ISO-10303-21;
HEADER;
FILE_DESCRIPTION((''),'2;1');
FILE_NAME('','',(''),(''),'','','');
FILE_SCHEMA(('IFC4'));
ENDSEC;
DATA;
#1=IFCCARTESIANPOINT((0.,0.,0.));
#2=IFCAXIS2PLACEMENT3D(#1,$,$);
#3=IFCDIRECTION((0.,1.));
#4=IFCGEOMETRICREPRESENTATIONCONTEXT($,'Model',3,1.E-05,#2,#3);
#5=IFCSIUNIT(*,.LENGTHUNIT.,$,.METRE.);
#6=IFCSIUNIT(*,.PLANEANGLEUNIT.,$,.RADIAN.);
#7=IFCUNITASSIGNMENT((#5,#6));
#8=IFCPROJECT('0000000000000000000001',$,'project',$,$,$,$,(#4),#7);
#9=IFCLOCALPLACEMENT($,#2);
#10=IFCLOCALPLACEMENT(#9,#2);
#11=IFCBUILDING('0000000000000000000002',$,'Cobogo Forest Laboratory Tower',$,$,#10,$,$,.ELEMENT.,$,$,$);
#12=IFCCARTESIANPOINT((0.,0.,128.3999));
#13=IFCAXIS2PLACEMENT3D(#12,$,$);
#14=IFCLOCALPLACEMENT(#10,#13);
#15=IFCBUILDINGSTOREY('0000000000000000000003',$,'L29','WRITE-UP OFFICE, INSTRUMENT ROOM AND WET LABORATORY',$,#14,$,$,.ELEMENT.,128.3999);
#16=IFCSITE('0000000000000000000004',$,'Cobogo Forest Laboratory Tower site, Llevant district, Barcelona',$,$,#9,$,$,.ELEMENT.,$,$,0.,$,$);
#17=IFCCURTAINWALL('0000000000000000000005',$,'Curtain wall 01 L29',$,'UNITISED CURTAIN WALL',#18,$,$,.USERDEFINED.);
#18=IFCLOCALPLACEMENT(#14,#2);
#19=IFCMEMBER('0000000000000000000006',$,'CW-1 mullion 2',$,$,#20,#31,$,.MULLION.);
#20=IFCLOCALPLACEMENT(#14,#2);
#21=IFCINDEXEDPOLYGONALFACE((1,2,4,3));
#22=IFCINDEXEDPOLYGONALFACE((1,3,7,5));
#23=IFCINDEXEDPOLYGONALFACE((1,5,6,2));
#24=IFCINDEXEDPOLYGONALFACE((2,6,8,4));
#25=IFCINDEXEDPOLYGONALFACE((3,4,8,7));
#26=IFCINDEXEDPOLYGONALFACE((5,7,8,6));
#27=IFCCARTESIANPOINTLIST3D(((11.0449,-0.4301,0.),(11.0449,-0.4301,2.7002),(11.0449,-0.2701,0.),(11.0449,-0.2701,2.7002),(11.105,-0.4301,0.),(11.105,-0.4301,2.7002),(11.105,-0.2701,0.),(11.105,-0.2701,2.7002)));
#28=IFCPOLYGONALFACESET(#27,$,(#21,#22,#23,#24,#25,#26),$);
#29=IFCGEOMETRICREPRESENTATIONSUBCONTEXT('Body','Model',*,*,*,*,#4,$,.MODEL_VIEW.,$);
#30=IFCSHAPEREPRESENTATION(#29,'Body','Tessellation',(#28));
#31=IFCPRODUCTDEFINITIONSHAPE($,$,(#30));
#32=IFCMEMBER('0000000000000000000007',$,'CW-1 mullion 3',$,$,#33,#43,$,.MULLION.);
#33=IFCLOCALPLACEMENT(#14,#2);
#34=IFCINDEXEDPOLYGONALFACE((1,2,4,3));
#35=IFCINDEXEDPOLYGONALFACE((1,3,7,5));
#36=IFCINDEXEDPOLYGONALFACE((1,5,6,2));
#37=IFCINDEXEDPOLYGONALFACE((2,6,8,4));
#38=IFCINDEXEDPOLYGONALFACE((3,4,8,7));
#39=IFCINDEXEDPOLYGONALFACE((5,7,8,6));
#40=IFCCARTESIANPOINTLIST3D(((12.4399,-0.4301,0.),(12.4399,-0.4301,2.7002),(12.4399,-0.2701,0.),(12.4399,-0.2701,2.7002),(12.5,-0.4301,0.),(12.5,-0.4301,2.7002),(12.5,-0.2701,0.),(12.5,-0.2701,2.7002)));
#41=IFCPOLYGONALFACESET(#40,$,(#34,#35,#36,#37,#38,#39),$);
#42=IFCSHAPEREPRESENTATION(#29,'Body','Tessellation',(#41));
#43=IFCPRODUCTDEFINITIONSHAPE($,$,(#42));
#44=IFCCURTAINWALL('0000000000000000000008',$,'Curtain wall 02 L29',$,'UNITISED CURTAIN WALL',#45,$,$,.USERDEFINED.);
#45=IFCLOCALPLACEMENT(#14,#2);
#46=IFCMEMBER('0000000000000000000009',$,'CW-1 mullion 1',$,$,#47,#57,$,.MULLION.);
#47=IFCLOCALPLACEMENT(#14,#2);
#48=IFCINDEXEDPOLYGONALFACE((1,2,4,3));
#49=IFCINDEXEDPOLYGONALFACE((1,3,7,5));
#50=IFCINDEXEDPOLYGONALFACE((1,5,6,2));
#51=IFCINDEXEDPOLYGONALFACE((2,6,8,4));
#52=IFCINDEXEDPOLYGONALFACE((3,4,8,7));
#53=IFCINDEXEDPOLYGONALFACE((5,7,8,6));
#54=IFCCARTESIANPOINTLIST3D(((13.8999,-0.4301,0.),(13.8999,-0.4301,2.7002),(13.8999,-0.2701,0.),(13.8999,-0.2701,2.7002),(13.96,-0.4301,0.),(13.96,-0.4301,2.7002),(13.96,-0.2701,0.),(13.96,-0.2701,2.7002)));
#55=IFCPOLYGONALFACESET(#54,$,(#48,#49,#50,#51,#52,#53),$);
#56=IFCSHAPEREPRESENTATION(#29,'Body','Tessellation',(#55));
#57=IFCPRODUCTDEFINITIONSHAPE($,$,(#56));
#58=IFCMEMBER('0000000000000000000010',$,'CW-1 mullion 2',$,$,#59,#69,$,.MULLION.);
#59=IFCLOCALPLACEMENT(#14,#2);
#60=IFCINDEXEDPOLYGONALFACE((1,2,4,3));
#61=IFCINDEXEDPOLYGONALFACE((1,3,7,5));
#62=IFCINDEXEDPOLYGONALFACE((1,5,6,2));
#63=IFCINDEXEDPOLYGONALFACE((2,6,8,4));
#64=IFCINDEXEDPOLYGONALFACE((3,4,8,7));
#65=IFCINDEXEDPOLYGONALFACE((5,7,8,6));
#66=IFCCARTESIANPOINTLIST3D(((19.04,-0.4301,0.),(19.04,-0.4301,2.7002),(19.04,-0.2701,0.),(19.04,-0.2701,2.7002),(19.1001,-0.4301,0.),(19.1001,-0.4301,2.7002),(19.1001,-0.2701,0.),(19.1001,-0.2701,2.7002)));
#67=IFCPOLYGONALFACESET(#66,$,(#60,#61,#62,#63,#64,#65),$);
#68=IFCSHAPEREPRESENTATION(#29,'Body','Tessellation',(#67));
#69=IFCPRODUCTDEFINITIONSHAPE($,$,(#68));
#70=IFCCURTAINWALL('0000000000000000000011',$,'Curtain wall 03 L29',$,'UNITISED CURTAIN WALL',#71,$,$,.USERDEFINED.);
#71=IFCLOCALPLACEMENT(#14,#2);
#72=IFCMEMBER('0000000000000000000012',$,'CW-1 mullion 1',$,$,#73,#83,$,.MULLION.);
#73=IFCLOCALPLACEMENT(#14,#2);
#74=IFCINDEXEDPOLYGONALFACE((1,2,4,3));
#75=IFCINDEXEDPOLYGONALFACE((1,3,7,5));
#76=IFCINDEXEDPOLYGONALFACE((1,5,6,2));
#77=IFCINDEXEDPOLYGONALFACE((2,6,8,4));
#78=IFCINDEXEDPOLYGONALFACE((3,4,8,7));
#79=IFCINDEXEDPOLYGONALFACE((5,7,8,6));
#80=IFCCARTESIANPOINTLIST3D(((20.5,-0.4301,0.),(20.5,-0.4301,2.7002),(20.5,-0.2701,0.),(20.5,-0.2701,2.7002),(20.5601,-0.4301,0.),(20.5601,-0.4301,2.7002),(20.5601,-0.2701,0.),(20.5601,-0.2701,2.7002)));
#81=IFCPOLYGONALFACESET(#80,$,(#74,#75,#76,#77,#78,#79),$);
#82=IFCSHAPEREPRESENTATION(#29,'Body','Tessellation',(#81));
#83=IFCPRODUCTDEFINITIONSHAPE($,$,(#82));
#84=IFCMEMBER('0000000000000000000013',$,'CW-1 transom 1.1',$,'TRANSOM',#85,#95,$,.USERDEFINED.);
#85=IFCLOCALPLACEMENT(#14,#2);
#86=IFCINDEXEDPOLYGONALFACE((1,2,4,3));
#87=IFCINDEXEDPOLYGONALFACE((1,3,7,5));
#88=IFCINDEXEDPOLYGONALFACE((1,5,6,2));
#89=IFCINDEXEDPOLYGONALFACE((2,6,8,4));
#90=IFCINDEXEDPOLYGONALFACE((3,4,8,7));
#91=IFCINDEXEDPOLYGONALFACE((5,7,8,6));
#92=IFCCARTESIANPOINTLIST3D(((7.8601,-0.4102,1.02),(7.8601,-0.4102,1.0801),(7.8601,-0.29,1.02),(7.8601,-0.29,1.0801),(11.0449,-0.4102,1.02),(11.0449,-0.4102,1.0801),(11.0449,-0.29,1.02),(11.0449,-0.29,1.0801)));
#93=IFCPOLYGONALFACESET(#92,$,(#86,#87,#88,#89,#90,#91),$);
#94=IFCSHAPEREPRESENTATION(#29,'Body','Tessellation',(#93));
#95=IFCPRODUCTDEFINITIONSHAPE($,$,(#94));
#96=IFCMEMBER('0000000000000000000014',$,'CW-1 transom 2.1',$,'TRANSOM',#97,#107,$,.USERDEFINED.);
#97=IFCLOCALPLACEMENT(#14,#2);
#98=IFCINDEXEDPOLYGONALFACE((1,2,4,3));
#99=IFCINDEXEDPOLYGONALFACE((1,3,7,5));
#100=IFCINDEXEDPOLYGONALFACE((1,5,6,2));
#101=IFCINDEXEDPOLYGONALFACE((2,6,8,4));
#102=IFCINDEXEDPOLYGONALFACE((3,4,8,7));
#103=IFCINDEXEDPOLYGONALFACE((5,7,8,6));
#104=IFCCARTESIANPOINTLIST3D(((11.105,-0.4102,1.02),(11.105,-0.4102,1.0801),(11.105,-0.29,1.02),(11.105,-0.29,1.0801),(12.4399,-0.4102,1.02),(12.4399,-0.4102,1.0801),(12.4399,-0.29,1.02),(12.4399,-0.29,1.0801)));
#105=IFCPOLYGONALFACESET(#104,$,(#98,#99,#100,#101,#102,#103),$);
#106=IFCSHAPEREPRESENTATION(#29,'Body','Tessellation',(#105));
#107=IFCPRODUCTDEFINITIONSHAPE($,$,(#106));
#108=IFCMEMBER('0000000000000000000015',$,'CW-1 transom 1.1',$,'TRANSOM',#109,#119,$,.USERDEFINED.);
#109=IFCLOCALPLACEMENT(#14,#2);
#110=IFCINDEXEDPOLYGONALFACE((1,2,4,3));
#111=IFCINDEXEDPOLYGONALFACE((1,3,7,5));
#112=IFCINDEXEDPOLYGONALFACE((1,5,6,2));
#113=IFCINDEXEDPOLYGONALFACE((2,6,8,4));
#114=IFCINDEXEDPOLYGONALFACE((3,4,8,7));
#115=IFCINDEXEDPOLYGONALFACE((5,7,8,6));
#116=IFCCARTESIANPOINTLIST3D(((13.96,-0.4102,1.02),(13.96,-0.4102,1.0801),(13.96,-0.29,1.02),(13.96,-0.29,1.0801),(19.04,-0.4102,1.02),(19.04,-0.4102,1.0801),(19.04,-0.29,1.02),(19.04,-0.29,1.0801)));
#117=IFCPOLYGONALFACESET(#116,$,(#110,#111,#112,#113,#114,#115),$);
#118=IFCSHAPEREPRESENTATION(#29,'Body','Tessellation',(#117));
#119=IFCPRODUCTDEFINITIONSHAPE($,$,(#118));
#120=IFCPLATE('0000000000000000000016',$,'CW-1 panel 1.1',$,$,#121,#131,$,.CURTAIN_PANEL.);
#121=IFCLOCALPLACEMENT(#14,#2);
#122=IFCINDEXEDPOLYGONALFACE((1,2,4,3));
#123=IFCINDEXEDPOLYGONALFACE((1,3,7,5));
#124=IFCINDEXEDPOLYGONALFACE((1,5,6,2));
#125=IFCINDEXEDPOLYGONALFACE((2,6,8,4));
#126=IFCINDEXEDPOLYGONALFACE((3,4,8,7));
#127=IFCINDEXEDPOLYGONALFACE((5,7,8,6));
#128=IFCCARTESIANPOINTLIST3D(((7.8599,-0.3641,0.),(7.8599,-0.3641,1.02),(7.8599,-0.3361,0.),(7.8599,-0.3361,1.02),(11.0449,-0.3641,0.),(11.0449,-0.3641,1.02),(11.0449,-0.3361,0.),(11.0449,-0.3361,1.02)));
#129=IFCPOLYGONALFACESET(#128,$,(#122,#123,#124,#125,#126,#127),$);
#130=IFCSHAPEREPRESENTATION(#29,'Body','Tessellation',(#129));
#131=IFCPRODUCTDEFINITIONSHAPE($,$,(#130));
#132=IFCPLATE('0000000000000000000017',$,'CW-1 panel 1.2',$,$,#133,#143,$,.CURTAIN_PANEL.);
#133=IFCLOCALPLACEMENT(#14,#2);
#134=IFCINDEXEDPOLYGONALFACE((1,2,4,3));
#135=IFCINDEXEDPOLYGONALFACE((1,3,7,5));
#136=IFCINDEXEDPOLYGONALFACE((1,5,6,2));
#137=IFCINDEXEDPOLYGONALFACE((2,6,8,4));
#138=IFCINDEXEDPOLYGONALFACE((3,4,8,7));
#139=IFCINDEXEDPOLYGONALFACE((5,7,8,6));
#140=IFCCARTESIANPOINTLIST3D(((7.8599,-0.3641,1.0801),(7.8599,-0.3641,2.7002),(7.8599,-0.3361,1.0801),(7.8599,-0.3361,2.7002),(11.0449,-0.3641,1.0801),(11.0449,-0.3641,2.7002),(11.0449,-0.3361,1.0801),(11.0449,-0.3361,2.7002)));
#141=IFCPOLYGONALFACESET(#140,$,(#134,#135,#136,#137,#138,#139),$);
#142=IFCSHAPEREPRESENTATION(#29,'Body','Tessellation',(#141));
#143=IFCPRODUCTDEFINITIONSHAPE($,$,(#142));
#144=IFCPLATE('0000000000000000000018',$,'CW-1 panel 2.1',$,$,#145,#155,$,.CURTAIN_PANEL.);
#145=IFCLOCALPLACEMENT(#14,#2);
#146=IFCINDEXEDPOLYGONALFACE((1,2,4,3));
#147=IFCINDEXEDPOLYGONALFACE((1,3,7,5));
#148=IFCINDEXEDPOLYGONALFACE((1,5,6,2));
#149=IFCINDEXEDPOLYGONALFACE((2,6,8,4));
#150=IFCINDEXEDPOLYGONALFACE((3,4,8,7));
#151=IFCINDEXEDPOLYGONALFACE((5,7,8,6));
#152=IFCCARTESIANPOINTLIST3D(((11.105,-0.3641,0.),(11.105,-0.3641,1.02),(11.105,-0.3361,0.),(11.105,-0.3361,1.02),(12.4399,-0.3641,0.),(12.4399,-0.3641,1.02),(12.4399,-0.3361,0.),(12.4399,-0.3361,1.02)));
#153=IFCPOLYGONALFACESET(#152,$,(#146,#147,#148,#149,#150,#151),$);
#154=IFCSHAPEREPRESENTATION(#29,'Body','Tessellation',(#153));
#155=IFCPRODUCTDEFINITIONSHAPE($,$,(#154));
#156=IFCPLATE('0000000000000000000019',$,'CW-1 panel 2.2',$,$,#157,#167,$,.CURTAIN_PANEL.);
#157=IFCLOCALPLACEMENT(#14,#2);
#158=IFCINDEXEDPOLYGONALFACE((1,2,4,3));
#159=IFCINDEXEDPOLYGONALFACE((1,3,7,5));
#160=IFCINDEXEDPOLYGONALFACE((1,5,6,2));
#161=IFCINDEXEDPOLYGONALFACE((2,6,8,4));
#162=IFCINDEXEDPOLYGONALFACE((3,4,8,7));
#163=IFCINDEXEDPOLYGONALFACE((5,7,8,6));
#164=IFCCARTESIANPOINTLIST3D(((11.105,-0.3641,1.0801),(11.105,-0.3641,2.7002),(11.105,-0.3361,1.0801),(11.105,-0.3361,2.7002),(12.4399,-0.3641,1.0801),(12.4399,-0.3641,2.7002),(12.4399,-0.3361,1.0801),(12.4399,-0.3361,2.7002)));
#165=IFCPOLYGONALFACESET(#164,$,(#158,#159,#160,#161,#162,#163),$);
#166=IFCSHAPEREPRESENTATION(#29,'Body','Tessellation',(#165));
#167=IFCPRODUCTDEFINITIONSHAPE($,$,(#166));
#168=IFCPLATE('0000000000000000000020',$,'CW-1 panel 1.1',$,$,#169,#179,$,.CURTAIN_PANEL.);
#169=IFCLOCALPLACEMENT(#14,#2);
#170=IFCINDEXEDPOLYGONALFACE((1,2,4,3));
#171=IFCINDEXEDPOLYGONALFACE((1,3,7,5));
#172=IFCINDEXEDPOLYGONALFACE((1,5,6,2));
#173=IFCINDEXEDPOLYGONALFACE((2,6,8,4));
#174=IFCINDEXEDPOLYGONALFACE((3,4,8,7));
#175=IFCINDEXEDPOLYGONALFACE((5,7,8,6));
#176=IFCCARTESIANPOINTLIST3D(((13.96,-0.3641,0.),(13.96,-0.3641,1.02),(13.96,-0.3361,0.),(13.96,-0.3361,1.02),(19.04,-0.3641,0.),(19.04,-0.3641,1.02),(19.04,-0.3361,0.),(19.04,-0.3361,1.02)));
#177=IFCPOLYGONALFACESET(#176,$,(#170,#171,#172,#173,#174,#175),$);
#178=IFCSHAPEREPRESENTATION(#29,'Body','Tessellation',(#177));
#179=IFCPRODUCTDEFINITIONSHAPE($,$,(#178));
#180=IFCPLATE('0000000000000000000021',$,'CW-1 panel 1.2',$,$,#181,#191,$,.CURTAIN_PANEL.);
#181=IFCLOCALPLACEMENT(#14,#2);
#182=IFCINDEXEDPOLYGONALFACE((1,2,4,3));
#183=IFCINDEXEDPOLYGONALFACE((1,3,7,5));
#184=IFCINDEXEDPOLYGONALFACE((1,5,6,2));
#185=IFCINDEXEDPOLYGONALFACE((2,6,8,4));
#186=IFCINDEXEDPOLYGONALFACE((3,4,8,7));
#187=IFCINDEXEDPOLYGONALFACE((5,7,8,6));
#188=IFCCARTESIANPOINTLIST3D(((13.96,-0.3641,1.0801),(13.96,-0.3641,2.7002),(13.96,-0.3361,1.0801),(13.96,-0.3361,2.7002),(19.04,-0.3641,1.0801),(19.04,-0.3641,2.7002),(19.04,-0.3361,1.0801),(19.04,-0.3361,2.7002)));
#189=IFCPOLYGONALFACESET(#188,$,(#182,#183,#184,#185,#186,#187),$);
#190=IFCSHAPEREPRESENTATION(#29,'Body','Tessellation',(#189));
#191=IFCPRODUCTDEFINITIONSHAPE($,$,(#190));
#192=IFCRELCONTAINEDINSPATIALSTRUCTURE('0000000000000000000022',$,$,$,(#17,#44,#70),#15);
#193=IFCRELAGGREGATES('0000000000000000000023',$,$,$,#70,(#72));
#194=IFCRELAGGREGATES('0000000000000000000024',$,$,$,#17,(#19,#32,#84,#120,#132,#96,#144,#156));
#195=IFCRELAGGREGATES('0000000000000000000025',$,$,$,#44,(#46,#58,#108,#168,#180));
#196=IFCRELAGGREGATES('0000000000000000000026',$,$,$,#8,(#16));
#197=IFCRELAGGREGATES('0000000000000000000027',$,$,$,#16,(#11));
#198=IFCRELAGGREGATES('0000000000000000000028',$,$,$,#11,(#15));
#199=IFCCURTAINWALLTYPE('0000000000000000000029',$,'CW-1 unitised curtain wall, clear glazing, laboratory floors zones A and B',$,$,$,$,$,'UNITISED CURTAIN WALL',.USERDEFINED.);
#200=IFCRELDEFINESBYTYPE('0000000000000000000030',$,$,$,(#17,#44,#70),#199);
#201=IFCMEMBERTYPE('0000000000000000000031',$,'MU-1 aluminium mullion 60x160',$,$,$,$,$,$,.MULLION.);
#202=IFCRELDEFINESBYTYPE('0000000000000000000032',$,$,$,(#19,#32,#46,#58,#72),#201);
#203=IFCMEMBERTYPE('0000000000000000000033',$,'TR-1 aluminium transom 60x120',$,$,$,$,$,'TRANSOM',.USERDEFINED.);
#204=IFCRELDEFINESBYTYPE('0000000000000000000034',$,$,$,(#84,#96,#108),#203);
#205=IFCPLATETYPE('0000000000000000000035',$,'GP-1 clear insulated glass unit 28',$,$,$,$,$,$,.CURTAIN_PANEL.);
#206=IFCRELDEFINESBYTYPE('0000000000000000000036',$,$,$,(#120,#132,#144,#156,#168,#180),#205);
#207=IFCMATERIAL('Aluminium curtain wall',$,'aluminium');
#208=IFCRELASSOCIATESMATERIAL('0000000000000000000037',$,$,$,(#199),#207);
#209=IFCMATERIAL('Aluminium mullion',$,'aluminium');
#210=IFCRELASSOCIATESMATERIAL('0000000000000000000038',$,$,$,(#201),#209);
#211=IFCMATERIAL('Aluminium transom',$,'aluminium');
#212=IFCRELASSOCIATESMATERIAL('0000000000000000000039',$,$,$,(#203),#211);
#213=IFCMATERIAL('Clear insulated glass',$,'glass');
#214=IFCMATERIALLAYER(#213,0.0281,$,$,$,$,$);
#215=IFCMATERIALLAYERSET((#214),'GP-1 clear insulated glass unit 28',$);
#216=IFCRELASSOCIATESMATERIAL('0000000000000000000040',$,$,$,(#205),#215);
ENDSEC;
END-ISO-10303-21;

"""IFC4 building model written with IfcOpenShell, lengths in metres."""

from ifc_helpers import new_model, si_unit, direction, frame, origin, origin_2d, place, context, subcontext, project, spatial, rectangle, extrude, material, layer, layer_set, material_profile, profile_set, type_object, element, aggregate, save


model = new_model("IFC4")

# Units and contexts
model_context = context("Model", 3, precision=1e-05, world=origin(), true_north=direction((0.0, 1.0)))
body_context = subcontext(model_context, "Body", "Model", "MODEL_VIEW")
ifc_project = project(units=[si_unit("LENGTHUNIT", "METRE"), si_unit("PLANEANGLEUNIT", "RADIAN")], contexts=[model_context])

# Site, building, storey
site_placement = place(None, origin())
site = spatial("IfcSite", under=ifc_project, at=site_placement, Name="Cobogo Forest Laboratory Tower site, Llevant district, Barcelona", CompositionType="ELEMENT", RefElevation=0.0)
building_placement = place(site_placement, origin())
building = spatial("IfcBuilding", under=site, at=building_placement, Name="Cobogo Forest Laboratory Tower", CompositionType="ELEMENT")
storey_placement = place(building_placement, frame((0.0, 0.0, 128.3999)))
storey = spatial("IfcBuildingStorey", under=building, at=storey_placement, Name="L29", Description="WRITE-UP OFFICE, INSTRUMENT ROOM AND WET LABORATORY", CompositionType="ELEMENT", Elevation=128.3999)

# Curtain walls, members
ifc_material_1 = material(Name="Aluminium curtain wall", Category="aluminium")
curtain_wall_type = type_object("IfcCurtainWallType", Name="CW-1 unitised curtain wall, clear glazing, laboratory floors zones A and B", ElementType="UNITISED CURTAIN WALL", PredefinedType="USERDEFINED", material=ifc_material_1)
curtain_wall_1_placement = place(storey_placement, origin())
curtain_wall_1 = element("IfcCurtainWall", 1, at=curtain_wall_1_placement, inside=storey, type_object=curtain_wall_type, Name="Curtain wall 01 L29", ObjectType="UNITISED CURTAIN WALL", PredefinedType="USERDEFINED")
ifc_material_2 = material(Name="Aluminium mullion", Category="aluminium")
ifc_material_profile_1 = material_profile(ifc_material_2, rectangle(XDim=0.0601, YDim=0.1599, at=origin_2d()), Name="AL 60x160")
ifc_profile_set_1 = profile_set([ifc_material_profile_1], Name="Aluminium mullion")
member_type_1 = type_object("IfcMemberType", Name="MU-1 aluminium mullion 60x160", PredefinedType="MULLION", material=ifc_profile_set_1)
member_1_placement = place(storey_placement, frame((11.075, -0.3501, 0.0), z_axis=(0.0, 0.0, 1.0), x_axis=(1.0, 0.0, 0.0)))
member_1 = element("IfcMember", 2, at=member_1_placement, type_object=member_type_1, Name="CW-1 mullion 2", PredefinedType="MULLION", context=body_context, shape_type="SweptSolid", body=[
    extrude(rectangle(XDim=0.0601, YDim=0.1599, at=origin_2d()), origin(), (0.0, 0.0, 1.0), 2.7002),
])
member_2_placement = place(storey_placement, frame((12.47, -0.3501, 0.0), z_axis=(0.0, 0.0, 1.0), x_axis=(1.0, 0.0, 0.0)))
member_2 = element("IfcMember", 3, at=member_2_placement, type_object=member_type_1, Name="CW-1 mullion 3", PredefinedType="MULLION", context=body_context, shape_type="SweptSolid", body=[
    extrude(rectangle(XDim=0.0601, YDim=0.1599, at=origin_2d()), origin(), (0.0, 0.0, 1.0), 2.7002),
])
curtain_wall_2_placement = place(storey_placement, origin())
curtain_wall_2 = element("IfcCurtainWall", 4, at=curtain_wall_2_placement, inside=storey, type_object=curtain_wall_type, Name="Curtain wall 02 L29", ObjectType="UNITISED CURTAIN WALL", PredefinedType="USERDEFINED")
member_3_placement = place(storey_placement, frame((13.9299, -0.3501, 0.0), z_axis=(0.0, 0.0, 1.0), x_axis=(1.0, 0.0, 0.0)))
member_3 = element("IfcMember", 5, at=member_3_placement, type_object=member_type_1, Name="CW-1 mullion 1", PredefinedType="MULLION", context=body_context, shape_type="SweptSolid", body=[
    extrude(rectangle(XDim=0.0601, YDim=0.1599, at=origin_2d()), origin(), (0.0, 0.0, 1.0), 2.7002),
])
member_4_placement = place(storey_placement, frame((19.0701, -0.3501, 0.0), z_axis=(0.0, 0.0, 1.0), x_axis=(1.0, 0.0, 0.0)))
member_4 = element("IfcMember", 6, at=member_4_placement, type_object=member_type_1, Name="CW-1 mullion 2", PredefinedType="MULLION", context=body_context, shape_type="SweptSolid", body=[
    extrude(rectangle(XDim=0.0601, YDim=0.1599, at=origin_2d()), origin(), (0.0, 0.0, 1.0), 2.7002),
])

# Curtain wall, member
curtain_wall_3_placement = place(storey_placement, origin())
curtain_wall_3 = element("IfcCurtainWall", 7, at=curtain_wall_3_placement, inside=storey, type_object=curtain_wall_type, Name="Curtain wall 03 L29", ObjectType="UNITISED CURTAIN WALL", PredefinedType="USERDEFINED")
member_5_placement = place(storey_placement, frame((20.53, -0.3501, 0.0), z_axis=(0.0, 0.0, 1.0), x_axis=(1.0, 0.0, 0.0)))
member_5 = element("IfcMember", 8, at=member_5_placement, type_object=member_type_1, Name="CW-1 mullion 1", PredefinedType="MULLION", context=body_context, shape_type="SweptSolid", body=[
    extrude(rectangle(XDim=0.0601, YDim=0.1599, at=origin_2d()), origin(), (0.0, 0.0, 1.0), 2.7002),
])
aggregate(curtain_wall_3, [member_5])

# Members
ifc_material_3 = material(Name="Aluminium transom", Category="aluminium")
ifc_material_profile_2 = material_profile(ifc_material_3, rectangle(XDim=0.1201, YDim=0.0601, at=origin_2d()), Name="AL 60x120")
ifc_profile_set_2 = profile_set([ifc_material_profile_2], Name="Aluminium transom")
member_type_2 = type_object("IfcMemberType", Name="TR-1 aluminium transom 60x120", ElementType="TRANSOM", PredefinedType="USERDEFINED", material=ifc_profile_set_2)
member_6_placement = place(storey_placement, frame((7.8601, -0.3501, 1.05), z_axis=(1.0, 0.0, 0.0), x_axis=(0.0, 1.0, 0.0)))
member_6 = element("IfcMember", 9, at=member_6_placement, type_object=member_type_2, Name="CW-1 transom 1.1", ObjectType="TRANSOM", PredefinedType="USERDEFINED", context=body_context, shape_type="SweptSolid", body=[
    extrude(rectangle(XDim=0.1201, YDim=0.0601, at=origin_2d()), origin(), (0.0, 0.0, 1.0), 3.1848),
])
member_7_placement = place(storey_placement, frame((11.105, -0.3501, 1.05), z_axis=(1.0, 0.0, 0.0), x_axis=(0.0, 1.0, 0.0)))
member_7 = element("IfcMember", 10, at=member_7_placement, type_object=member_type_2, Name="CW-1 transom 2.1", ObjectType="TRANSOM", PredefinedType="USERDEFINED", context=body_context, shape_type="SweptSolid", body=[
    extrude(rectangle(XDim=0.1201, YDim=0.0601, at=origin_2d()), origin(), (0.0, 0.0, 1.0), 1.335),
])
member_8_placement = place(storey_placement, frame((13.96, -0.3501, 1.05), z_axis=(1.0, 0.0, 0.0), x_axis=(0.0, 1.0, 0.0)))
member_8 = element("IfcMember", 11, at=member_8_placement, type_object=member_type_2, Name="CW-1 transom 1.1", ObjectType="TRANSOM", PredefinedType="USERDEFINED", context=body_context, shape_type="SweptSolid", body=[
    extrude(rectangle(XDim=0.1201, YDim=0.0601, at=origin_2d()), origin(), (0.0, 0.0, 1.0), 5.0801),
])

# Plates
ifc_material_4 = material(Name="Clear insulated glass", Category="glass")
ifc_layer_1 = layer(ifc_material_4, 0.0281)
ifc_layer_set_1 = layer_set([ifc_layer_1], Name="GP-1 clear insulated glass unit 28")
plate_type_1 = type_object("IfcPlateType", Name="GP-1 clear insulated glass unit 28", PredefinedType="CURTAIN_PANEL", material=ifc_layer_set_1)
plate_1_placement = place(storey_placement, frame((9.4524, -0.3501, 0.0), z_axis=(0.0, 0.0, 1.0), x_axis=(1.0, 0.0, 0.0)))
plate_1 = element("IfcPlate", 12, at=plate_1_placement, type_object=plate_type_1, Name="CW-1 panel 1.1", PredefinedType="CURTAIN_PANEL", context=body_context, shape_type="SweptSolid", body=[
    extrude(rectangle(XDim=3.1851, YDim=0.0281, at=origin_2d()), origin(), (0.0, 0.0, 1.0), 1.02),
])
plate_2_placement = place(storey_placement, frame((9.4524, -0.3501, 1.0801), z_axis=(0.0, 0.0, 1.0), x_axis=(1.0, 0.0, 0.0)))
plate_2 = element("IfcPlate", 13, at=plate_2_placement, type_object=plate_type_1, Name="CW-1 panel 1.2", PredefinedType="CURTAIN_PANEL", context=body_context, shape_type="SweptSolid", body=[
    extrude(rectangle(XDim=3.1851, YDim=0.0281, at=origin_2d()), origin(), (0.0, 0.0, 1.0), 1.6201),
])
plate_3_placement = place(storey_placement, frame((11.7725, -0.3501, 0.0), z_axis=(0.0, 0.0, 1.0), x_axis=(1.0, 0.0, 0.0)))
plate_3 = element("IfcPlate", 14, at=plate_3_placement, type_object=plate_type_1, Name="CW-1 panel 2.1", PredefinedType="CURTAIN_PANEL", context=body_context, shape_type="SweptSolid", body=[
    extrude(rectangle(XDim=1.335, YDim=0.0281, at=origin_2d()), origin(), (0.0, 0.0, 1.0), 1.02),
])
plate_4_placement = place(storey_placement, frame((11.7725, -0.3501, 1.0801), z_axis=(0.0, 0.0, 1.0), x_axis=(1.0, 0.0, 0.0)))
plate_4 = element("IfcPlate", 15, at=plate_4_placement, type_object=plate_type_1, Name="CW-1 panel 2.2", PredefinedType="CURTAIN_PANEL", context=body_context, shape_type="SweptSolid", body=[
    extrude(rectangle(XDim=1.335, YDim=0.0281, at=origin_2d()), origin(), (0.0, 0.0, 1.0), 1.6201),
])
aggregate(curtain_wall_1, [member_1, member_2, member_6, plate_1, plate_2, member_7, plate_3, plate_4])
plate_5_placement = place(storey_placement, frame((16.5, -0.3501, 0.0), z_axis=(0.0, 0.0, 1.0), x_axis=(1.0, 0.0, 0.0)))
plate_5 = element("IfcPlate", 16, at=plate_5_placement, type_object=plate_type_1, Name="CW-1 panel 1.1", PredefinedType="CURTAIN_PANEL", context=body_context, shape_type="SweptSolid", body=[
    extrude(rectangle(XDim=5.0801, YDim=0.0281, at=origin_2d()), origin(), (0.0, 0.0, 1.0), 1.02),
])
plate_6_placement = place(storey_placement, frame((16.5, -0.3501, 1.0801), z_axis=(0.0, 0.0, 1.0), x_axis=(1.0, 0.0, 0.0)))
plate_6 = element("IfcPlate", 17, at=plate_6_placement, type_object=plate_type_1, Name="CW-1 panel 1.2", PredefinedType="CURTAIN_PANEL", context=body_context, shape_type="SweptSolid", body=[
    extrude(rectangle(XDim=5.0801, YDim=0.0281, at=origin_2d()), origin(), (0.0, 0.0, 1.0), 1.6201),
])
aggregate(curtain_wall_2, [member_3, member_4, member_8, plate_5, plate_6])

save(model, "model.ifc")
